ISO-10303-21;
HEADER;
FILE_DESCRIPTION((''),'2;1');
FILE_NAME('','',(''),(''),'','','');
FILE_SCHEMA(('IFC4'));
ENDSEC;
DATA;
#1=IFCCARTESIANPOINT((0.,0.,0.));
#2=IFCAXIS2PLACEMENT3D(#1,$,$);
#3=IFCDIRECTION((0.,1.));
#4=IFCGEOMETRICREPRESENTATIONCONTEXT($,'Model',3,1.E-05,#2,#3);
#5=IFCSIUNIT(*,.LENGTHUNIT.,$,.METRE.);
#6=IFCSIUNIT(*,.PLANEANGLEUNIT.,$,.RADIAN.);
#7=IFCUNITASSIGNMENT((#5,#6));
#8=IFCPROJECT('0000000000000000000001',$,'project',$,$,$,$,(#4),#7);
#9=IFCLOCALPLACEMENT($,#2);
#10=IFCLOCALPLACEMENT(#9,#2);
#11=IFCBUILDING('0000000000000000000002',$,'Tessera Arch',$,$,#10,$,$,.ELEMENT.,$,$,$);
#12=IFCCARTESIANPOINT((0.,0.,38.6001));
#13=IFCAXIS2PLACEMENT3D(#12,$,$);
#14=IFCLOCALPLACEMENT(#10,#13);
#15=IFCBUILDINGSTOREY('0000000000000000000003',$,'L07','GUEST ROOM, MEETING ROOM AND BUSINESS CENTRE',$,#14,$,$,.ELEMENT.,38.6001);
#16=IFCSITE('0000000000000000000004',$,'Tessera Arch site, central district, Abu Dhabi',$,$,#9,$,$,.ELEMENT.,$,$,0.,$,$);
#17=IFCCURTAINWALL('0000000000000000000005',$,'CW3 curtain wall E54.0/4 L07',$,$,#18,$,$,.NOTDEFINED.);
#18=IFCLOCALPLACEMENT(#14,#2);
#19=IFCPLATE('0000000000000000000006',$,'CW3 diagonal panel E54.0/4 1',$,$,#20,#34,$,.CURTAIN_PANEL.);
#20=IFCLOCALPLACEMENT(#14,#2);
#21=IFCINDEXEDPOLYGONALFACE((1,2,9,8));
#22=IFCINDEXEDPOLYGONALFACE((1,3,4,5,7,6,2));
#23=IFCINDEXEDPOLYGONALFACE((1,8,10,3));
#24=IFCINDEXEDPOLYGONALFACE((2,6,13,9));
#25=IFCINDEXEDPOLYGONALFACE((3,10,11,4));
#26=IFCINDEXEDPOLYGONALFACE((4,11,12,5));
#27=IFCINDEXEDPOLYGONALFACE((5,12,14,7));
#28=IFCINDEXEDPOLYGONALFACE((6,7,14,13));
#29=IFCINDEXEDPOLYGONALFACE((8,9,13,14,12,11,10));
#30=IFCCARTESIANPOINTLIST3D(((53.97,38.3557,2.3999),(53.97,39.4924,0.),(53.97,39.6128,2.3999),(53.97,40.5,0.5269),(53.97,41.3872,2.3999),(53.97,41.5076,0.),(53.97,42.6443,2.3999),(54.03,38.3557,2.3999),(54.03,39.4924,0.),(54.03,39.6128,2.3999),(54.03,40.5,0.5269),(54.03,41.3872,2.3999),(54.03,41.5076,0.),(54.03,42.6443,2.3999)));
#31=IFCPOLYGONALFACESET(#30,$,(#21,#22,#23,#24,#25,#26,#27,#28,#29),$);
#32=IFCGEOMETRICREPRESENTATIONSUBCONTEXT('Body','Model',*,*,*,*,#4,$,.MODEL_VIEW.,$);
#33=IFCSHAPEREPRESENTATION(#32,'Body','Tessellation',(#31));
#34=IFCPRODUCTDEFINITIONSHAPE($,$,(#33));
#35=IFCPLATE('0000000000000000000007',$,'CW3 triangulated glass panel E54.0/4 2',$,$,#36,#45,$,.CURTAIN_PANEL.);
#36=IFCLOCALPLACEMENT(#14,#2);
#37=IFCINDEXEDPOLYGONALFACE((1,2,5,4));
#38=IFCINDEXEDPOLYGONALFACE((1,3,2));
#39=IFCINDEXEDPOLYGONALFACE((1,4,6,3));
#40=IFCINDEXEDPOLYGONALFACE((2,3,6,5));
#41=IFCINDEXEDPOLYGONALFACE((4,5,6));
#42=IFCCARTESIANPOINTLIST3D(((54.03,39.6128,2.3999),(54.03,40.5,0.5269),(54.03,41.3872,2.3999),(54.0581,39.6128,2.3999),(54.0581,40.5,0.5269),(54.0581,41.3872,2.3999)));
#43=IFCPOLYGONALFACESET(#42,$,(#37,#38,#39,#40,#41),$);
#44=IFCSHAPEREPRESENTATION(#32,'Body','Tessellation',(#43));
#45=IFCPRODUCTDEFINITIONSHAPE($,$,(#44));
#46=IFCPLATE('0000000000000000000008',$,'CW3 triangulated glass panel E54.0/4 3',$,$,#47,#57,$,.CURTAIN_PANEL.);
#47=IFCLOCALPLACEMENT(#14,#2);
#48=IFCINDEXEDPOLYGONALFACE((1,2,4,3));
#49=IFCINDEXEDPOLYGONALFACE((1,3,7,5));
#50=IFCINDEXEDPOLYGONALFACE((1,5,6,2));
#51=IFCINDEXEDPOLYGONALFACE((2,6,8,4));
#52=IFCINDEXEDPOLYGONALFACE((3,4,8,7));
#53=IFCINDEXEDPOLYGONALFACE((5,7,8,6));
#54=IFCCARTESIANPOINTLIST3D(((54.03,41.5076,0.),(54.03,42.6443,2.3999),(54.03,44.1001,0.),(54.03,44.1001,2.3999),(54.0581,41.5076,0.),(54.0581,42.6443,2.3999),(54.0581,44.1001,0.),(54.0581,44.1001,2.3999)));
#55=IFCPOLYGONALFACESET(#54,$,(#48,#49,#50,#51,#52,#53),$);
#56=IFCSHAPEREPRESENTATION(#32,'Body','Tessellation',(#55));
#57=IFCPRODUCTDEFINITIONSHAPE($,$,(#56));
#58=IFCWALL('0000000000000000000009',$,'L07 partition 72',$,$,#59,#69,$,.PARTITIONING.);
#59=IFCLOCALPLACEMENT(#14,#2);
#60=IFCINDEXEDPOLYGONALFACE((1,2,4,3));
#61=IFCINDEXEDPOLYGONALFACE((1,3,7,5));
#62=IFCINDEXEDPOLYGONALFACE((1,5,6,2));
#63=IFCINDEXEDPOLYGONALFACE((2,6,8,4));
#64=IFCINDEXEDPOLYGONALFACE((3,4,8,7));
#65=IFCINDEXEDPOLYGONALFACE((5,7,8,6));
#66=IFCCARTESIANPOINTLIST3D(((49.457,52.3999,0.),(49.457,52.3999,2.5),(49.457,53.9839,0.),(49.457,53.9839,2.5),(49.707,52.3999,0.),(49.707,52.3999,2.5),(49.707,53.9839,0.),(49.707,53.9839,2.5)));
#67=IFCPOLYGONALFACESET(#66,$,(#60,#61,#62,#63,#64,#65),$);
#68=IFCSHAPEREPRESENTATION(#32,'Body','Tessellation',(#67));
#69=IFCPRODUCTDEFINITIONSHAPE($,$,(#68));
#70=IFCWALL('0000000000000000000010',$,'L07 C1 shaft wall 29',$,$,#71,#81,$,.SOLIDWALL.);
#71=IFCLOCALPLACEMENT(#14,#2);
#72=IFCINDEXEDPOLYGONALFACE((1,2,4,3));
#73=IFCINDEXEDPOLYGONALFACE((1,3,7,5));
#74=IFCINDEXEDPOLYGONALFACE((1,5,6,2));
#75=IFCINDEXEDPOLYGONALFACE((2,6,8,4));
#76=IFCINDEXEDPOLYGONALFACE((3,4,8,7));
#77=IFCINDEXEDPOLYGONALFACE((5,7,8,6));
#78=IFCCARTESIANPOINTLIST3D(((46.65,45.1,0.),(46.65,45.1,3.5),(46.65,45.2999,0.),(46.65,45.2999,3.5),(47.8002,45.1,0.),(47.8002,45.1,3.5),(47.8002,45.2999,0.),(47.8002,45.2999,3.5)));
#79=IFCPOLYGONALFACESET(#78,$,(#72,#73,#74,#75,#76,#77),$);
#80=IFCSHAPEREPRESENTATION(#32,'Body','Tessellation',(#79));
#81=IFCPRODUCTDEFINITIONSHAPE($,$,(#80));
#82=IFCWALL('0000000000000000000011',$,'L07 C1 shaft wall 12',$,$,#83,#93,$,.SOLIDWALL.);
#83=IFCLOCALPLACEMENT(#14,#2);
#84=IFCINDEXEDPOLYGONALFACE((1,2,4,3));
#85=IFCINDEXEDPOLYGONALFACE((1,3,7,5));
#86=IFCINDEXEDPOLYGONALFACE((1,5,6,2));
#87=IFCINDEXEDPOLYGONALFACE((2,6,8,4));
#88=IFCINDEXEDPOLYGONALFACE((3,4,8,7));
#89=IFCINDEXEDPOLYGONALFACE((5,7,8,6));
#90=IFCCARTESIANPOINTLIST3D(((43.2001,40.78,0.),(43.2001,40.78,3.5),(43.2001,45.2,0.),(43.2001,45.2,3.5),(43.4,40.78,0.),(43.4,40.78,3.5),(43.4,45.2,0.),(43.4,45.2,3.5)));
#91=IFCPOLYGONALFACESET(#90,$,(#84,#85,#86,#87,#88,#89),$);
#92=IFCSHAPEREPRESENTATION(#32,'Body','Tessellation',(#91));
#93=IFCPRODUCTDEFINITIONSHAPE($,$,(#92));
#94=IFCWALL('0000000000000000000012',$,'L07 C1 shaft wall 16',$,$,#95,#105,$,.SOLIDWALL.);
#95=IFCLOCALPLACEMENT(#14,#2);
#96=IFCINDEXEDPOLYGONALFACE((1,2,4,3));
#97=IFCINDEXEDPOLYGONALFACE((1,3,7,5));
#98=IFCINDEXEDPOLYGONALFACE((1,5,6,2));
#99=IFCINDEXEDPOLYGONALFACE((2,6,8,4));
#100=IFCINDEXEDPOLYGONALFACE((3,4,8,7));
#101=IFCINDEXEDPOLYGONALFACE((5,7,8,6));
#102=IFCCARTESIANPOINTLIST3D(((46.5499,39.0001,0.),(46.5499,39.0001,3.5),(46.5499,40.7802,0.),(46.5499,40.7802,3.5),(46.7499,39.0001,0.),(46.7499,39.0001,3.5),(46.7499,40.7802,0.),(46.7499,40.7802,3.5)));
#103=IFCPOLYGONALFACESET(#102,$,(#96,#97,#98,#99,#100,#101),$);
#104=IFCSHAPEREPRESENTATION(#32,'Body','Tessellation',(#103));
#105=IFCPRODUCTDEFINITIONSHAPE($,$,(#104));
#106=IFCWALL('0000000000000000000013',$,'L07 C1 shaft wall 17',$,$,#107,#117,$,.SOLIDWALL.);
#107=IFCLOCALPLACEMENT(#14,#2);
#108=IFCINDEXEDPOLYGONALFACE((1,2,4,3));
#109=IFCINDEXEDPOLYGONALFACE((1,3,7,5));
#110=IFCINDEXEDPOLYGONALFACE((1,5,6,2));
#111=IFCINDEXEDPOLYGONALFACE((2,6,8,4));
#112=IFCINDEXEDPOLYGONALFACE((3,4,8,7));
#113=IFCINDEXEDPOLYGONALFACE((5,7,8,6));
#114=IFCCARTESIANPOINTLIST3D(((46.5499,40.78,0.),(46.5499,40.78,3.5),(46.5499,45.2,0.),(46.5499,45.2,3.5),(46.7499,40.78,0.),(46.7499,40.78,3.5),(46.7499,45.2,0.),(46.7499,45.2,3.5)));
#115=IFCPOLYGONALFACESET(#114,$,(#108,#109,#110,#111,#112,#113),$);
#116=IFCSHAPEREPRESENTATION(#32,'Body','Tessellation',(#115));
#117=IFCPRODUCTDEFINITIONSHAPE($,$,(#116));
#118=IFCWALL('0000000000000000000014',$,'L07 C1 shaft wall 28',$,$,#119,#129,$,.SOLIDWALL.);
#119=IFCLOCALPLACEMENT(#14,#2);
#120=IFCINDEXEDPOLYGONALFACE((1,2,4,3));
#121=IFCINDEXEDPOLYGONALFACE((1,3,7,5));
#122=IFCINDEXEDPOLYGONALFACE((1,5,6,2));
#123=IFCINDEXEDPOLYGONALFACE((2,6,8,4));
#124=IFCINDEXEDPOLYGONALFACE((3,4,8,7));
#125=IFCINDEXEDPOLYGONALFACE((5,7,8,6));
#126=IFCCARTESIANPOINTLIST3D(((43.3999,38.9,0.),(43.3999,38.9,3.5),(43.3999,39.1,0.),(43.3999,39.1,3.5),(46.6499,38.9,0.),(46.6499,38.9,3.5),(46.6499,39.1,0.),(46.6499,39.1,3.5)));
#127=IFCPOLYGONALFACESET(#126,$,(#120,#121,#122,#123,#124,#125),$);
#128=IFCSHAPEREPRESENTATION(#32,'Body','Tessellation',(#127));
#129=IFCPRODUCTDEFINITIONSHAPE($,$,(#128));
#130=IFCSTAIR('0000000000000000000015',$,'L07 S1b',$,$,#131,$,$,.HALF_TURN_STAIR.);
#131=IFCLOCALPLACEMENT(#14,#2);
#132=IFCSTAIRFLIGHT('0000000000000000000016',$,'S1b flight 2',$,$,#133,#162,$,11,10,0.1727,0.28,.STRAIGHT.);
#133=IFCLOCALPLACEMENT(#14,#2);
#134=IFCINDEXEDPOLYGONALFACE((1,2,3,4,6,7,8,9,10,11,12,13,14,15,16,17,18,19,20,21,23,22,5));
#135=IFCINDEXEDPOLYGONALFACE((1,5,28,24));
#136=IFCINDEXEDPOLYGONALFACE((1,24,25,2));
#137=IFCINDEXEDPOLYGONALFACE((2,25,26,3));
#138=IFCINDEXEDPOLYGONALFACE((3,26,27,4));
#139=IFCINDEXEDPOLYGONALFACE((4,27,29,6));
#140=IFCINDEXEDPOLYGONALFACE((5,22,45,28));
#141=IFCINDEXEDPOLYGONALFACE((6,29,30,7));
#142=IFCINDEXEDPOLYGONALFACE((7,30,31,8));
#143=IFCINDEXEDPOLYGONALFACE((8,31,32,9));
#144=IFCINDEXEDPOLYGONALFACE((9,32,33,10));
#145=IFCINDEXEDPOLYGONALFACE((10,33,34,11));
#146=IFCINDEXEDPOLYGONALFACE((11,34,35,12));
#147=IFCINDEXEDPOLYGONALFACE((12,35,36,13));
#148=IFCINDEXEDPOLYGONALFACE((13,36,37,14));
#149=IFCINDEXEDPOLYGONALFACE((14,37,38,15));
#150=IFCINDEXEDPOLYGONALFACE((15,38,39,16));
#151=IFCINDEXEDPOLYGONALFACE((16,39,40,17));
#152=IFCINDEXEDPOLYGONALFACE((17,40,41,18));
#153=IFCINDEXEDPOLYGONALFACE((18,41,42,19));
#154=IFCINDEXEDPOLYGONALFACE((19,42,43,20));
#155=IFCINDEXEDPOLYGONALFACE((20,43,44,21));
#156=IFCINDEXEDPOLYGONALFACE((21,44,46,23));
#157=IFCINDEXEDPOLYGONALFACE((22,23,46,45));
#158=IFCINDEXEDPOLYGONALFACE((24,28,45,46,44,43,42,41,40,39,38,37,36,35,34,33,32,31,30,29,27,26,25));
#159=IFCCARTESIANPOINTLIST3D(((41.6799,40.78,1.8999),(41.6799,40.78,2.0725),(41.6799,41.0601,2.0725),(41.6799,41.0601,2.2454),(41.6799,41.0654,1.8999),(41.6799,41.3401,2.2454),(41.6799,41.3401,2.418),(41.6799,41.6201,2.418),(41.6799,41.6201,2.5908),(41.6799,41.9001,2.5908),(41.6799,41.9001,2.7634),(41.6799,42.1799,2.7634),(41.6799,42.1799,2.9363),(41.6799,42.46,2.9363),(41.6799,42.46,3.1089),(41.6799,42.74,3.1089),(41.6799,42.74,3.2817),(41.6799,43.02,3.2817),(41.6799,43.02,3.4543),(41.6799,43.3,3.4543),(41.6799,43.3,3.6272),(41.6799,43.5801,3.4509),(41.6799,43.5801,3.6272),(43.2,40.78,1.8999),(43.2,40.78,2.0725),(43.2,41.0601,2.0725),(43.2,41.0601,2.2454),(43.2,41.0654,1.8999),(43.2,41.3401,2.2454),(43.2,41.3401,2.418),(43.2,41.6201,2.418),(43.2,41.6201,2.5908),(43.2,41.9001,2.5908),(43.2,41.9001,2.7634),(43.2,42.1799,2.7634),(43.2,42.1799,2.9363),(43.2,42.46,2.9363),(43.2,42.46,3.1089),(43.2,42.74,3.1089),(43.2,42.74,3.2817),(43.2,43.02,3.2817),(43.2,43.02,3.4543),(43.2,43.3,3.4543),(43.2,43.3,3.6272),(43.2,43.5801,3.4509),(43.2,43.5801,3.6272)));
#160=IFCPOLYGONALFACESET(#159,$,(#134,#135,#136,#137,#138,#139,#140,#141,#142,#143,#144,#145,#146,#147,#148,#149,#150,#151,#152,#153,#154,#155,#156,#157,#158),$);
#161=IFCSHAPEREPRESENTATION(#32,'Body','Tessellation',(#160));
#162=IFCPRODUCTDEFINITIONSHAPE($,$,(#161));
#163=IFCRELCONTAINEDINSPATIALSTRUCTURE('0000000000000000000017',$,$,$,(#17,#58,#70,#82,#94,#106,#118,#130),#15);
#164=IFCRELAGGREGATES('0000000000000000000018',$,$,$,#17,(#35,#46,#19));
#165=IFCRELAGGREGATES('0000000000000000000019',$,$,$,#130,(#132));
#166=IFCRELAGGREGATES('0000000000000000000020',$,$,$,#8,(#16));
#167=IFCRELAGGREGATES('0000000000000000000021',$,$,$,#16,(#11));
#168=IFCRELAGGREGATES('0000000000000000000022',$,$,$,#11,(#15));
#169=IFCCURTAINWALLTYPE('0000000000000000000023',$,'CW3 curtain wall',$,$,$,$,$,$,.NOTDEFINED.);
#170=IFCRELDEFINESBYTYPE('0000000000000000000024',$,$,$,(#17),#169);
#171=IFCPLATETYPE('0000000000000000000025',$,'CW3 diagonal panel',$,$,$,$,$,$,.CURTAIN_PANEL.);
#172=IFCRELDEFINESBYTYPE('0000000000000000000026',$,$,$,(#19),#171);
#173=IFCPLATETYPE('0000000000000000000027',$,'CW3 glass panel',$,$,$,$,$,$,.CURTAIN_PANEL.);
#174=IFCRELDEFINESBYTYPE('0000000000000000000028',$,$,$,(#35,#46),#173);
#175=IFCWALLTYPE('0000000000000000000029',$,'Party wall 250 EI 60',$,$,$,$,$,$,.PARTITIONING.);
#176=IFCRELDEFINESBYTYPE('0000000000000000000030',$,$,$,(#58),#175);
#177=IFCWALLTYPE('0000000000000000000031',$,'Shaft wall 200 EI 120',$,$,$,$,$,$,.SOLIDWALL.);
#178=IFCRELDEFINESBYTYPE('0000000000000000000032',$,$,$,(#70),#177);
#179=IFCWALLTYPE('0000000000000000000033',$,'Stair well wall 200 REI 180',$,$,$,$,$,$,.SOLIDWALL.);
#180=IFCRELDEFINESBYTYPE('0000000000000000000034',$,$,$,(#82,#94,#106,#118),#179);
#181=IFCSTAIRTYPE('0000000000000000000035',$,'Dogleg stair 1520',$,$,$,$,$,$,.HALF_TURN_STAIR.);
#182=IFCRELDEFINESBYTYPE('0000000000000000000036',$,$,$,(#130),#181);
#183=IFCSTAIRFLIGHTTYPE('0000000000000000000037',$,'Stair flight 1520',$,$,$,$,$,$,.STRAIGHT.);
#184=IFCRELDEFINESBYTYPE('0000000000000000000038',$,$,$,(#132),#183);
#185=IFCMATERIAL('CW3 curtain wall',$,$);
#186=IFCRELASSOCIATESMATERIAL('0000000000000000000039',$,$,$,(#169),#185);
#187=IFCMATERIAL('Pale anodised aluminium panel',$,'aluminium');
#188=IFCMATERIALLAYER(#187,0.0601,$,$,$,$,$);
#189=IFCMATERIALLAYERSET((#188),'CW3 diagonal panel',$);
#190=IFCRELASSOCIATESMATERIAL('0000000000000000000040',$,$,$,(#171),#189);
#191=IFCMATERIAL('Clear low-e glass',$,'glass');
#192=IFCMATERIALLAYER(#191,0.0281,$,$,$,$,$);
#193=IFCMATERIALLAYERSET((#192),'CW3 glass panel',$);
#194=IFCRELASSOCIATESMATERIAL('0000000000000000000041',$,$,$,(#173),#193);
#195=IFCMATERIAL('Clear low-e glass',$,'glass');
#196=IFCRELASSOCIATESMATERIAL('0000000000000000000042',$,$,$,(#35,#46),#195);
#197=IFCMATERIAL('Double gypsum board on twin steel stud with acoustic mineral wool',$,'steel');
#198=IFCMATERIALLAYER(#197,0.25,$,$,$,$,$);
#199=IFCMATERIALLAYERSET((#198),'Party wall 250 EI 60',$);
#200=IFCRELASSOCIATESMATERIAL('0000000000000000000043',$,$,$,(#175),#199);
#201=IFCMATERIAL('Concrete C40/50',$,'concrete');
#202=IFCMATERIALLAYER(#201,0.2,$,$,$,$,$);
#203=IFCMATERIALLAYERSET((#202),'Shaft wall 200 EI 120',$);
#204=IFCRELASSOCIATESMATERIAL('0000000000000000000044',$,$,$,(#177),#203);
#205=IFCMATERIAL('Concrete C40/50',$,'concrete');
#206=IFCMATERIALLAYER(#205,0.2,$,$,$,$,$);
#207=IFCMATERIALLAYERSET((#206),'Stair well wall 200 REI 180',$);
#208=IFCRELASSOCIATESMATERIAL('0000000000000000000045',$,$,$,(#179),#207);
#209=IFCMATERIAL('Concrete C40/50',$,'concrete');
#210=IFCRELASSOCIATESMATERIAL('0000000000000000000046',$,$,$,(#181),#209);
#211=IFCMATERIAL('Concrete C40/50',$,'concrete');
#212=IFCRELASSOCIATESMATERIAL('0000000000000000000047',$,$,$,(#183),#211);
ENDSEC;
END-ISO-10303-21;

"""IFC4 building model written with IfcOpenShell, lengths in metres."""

from ifc_helpers import new_model, si_unit, direction, frame, frame_2d, origin, place, context, subcontext, project, spatial, polyline, rectangle, outline, extrude, material, layer, layer_set, type_object, element, aggregate, save


model = new_model("IFC4")

# Units and contexts
model_context = context("Model", 3, precision=1e-05, world=origin(), true_north=direction((0.0, 1.0)))
body_context = subcontext(model_context, "Body", "Model", "MODEL_VIEW")
ifc_project = project(units=[si_unit("LENGTHUNIT", "METRE"), si_unit("PLANEANGLEUNIT", "RADIAN")], contexts=[model_context])

# Site, building, storey
site_placement = place(None, origin())
site = spatial("IfcSite", under=ifc_project, at=site_placement, Name="Tessera Arch site, central district, Abu Dhabi", CompositionType="ELEMENT", RefElevation=0.0)
building_placement = place(site_placement, origin())
building = spatial("IfcBuilding", under=site, at=building_placement, Name="Tessera Arch", CompositionType="ELEMENT")
storey_placement = place(building_placement, frame((0.0, 0.0, 38.6001)))
storey = spatial("IfcBuildingStorey", under=building, at=storey_placement, Name="L07", Description="GUEST ROOM, MEETING ROOM AND BUSINESS CENTRE", CompositionType="ELEMENT", Elevation=38.6001)

# Shared definitions
ifc_material_1 = material(Name="Clear low-e glass", Category="glass")

# Curtain wall, plates
ifc_material_2 = material(Name="CW3 curtain wall")
curtain_wall_type_1 = type_object("IfcCurtainWallType", Name="CW3 curtain wall", PredefinedType="NOTDEFINED", material=ifc_material_2)
curtain_wall_1_placement = place(storey_placement, origin())
curtain_wall_1 = element("IfcCurtainWall", 1, at=curtain_wall_1_placement, inside=storey, type_object=curtain_wall_type_1, Name="CW3 curtain wall E54.0/4 L07", PredefinedType="NOTDEFINED")
ifc_material_3 = material(Name="Pale anodised aluminium panel", Category="aluminium")
ifc_layer_1 = layer(ifc_material_3, 0.0601)
ifc_layer_set_1 = layer_set([ifc_layer_1], Name="CW3 diagonal panel")
plate_type_1 = type_object("IfcPlateType", Name="CW3 diagonal panel", PredefinedType="CURTAIN_PANEL", material=ifc_layer_set_1)
plate_1_placement = place(storey_placement, frame((54.03, 42.6443, 2.3999), z_axis=(1.0, 0.0, 0.0), x_axis=(0.0, -1.0, 0.0)))
plate_1 = element("IfcPlate", 2, at=plate_1_placement, type_object=plate_type_1, Name="CW3 diagonal panel E54.0/4 1", PredefinedType="CURTAIN_PANEL", context=body_context, shape_type="SweptSolid", body=[
    extrude(outline(polyline([(0.0, 0.0), (1.2571, 0.0), (2.1443, 1.873), (3.0315, 0.0), (4.2886, 0.0), (3.1519, 2.3999), (1.1367, 2.3999), (0.0, 0.0)])), origin(), (0.0, 0.0, -1.0), 0.0601),
])
ifc_material_4 = material(Name="Clear low-e glass", Category="glass")
ifc_layer_2 = layer(ifc_material_4, 0.0281)
ifc_layer_set_2 = layer_set([ifc_layer_2], Name="CW3 glass panel")
plate_type_2 = type_object("IfcPlateType", Name="CW3 glass panel", PredefinedType="CURTAIN_PANEL", material=ifc_layer_set_2)
plate_2_placement = place(storey_placement, frame((54.0581, 41.3872, 2.3999), z_axis=(1.0, 0.0, 0.0), x_axis=(0.0, -1.0, 0.0)))
plate_2 = element("IfcPlate", 3, at=plate_2_placement, type_object=plate_type_2, material=ifc_material_1, Name="CW3 triangulated glass panel E54.0/4 2", PredefinedType="CURTAIN_PANEL", context=body_context, shape_type="SweptSolid", body=[
    extrude(outline(polyline([(0.0, 0.0), (1.7744, 0.0), (0.8872, 1.873), (0.0, 0.0)])), origin(), (0.0, 0.0, -1.0), 0.0281),
])
plate_3_placement = place(storey_placement, frame((54.0581, 44.1001, 2.3999), z_axis=(1.0, 0.0, 0.0), x_axis=(0.0, -1.0, 0.0)))
plate_3 = element("IfcPlate", 4, at=plate_3_placement, type_object=plate_type_2, material=ifc_material_1, Name="CW3 triangulated glass panel E54.0/4 3", PredefinedType="CURTAIN_PANEL", context=body_context, shape_type="SweptSolid", body=[
    extrude(outline(polyline([(0.0, 0.0), (1.4558, 0.0), (2.5925, 2.3999), (0.0, 2.3999), (0.0, 0.0)])), origin(), (0.0, 0.0, -1.0), 0.0281),
])
aggregate(curtain_wall_1, [plate_2, plate_3, plate_1])

# Walls
ifc_material_5 = material(Name="Double gypsum board on twin steel stud with acoustic mineral wool", Category="steel")
ifc_layer_3 = layer(ifc_material_5, 0.25)
ifc_layer_set_3 = layer_set([ifc_layer_3], Name="Party wall 250 EI 60")
wall_type_1 = type_object("IfcWallType", Name="Party wall 250 EI 60", PredefinedType="PARTITIONING", material=ifc_layer_set_3)
wall_1_placement = place(storey_placement, frame((49.582, 52.3999, 0.0), z_axis=(0.0, 0.0, 1.0), x_axis=(0.0, 1.0, 0.0)))
element("IfcWall", 5, at=wall_1_placement, inside=storey, type_object=wall_type_1, Name="L07 partition 72", PredefinedType="PARTITIONING", context=body_context, shape_type="SweptSolid", body=[
    extrude(rectangle(XDim=1.584, YDim=0.25, at=frame_2d((0.792, 0.0))), origin(), (0.0, 0.0, 1.0), 2.5),
])
ifc_material_6 = material(Name="Concrete C40/50", Category="concrete")
ifc_layer_4 = layer(ifc_material_6, 0.2)
ifc_layer_set_4 = layer_set([ifc_layer_4], Name="Shaft wall 200 EI 120")
wall_type_2 = type_object("IfcWallType", Name="Shaft wall 200 EI 120", PredefinedType="SOLIDWALL", material=ifc_layer_set_4)
wall_2_placement = place(storey_placement, frame((46.6499, 45.2, 0.0), z_axis=(0.0, 0.0, 1.0), x_axis=(1.0, 0.0, 0.0)))
element("IfcWall", 6, at=wall_2_placement, inside=storey, type_object=wall_type_2, Name="L07 C1 shaft wall 29", PredefinedType="SOLIDWALL", context=body_context, shape_type="SweptSolid", body=[
    extrude(rectangle(XDim=1.1501, YDim=0.2, at=frame_2d((0.5752, 0.0))), origin(), (0.0, 0.0, 1.0), 3.5),
])
ifc_material_7 = material(Name="Concrete C40/50", Category="concrete")
ifc_layer_5 = layer(ifc_material_7, 0.2)
ifc_layer_set_5 = layer_set([ifc_layer_5], Name="Stair well wall 200 REI 180")
wall_type_3 = type_object("IfcWallType", Name="Stair well wall 200 REI 180", PredefinedType="SOLIDWALL", material=ifc_layer_set_5)
wall_3_placement = place(storey_placement, frame((43.3, 40.78, 0.0), z_axis=(0.0, 0.0, 1.0), x_axis=(0.0, 1.0, 0.0)))
element("IfcWall", 7, at=wall_3_placement, inside=storey, type_object=wall_type_3, Name="L07 C1 shaft wall 12", PredefinedType="SOLIDWALL", context=body_context, shape_type="SweptSolid", body=[
    extrude(rectangle(XDim=4.4199, YDim=0.2, at=frame_2d((2.21, 0.0))), origin(), (0.0, 0.0, 1.0), 3.5),
])
wall_4_placement = place(storey_placement, frame((46.6499, 39.0, 0.0), z_axis=(0.0, 0.0, 1.0), x_axis=(0.0, 1.0, 0.0)))
element("IfcWall", 8, at=wall_4_placement, inside=storey, type_object=wall_type_3, Name="L07 C1 shaft wall 16", PredefinedType="SOLIDWALL", context=body_context, shape_type="SweptSolid", body=[
    extrude(rectangle(XDim=1.78, YDim=0.2, at=frame_2d((0.8901, 0.0))), origin(), (0.0, 0.0, 1.0), 3.5),
])
wall_5_placement = place(storey_placement, frame((46.6499, 40.78, 0.0), z_axis=(0.0, 0.0, 1.0), x_axis=(0.0, 1.0, 0.0)))
element("IfcWall", 9, at=wall_5_placement, inside=storey, type_object=wall_type_3, Name="L07 C1 shaft wall 17", PredefinedType="SOLIDWALL", context=body_context, shape_type="SweptSolid", body=[
    extrude(rectangle(XDim=4.4199, YDim=0.2, at=frame_2d((2.21, 0.0))), origin(), (0.0, 0.0, 1.0), 3.5),
])
wall_6_placement = place(storey_placement, frame((43.3999, 39.0, 0.0), z_axis=(0.0, 0.0, 1.0), x_axis=(1.0, 0.0, 0.0)))
element("IfcWall", 10, at=wall_6_placement, inside=storey, type_object=wall_type_3, Name="L07 C1 shaft wall 28", PredefinedType="SOLIDWALL", context=body_context, shape_type="SweptSolid", body=[
    extrude(rectangle(XDim=3.25, YDim=0.2, at=frame_2d((1.625, 0.0))), origin(), (0.0, 0.0, 1.0), 3.5),
])

# Stair, stair flight
ifc_material_8 = material(Name="Concrete C40/50", Category="concrete")
stair_type = type_object("IfcStairType", Name="Dogleg stair 1520", PredefinedType="HALF_TURN_STAIR", material=ifc_material_8)
stair_1_placement = place(storey_placement, origin())
stair_1 = element("IfcStair", 11, at=stair_1_placement, inside=storey, type_object=stair_type, Name="L07 S1b", PredefinedType="HALF_TURN_STAIR")
ifc_material_9 = material(Name="Concrete C40/50", Category="concrete")
stair_flight_type = type_object("IfcStairFlightType", Name="Stair flight 1520", PredefinedType="STRAIGHT", material=ifc_material_9)
stair_flight_1_placement = place(storey_placement, frame((42.4399, 40.78, 1.8999), z_axis=(0.0, 0.0, 1.0), x_axis=(0.0, 1.0, 0.0)))
stair_flight_1 = element("IfcStairFlight", 12, at=stair_flight_1_placement, type_object=stair_flight_type, Name="S1b flight 2", NumberOfRisers=11, NumberOfTreads=10, PredefinedType="STRAIGHT", RiserHeight=0.1727, TreadLength=0.28, context=body_context, shape_type="SweptSolid", body=[
    extrude(outline(polyline([(0.0, 0.0), (0.0, 0.1726), (0.28, 0.1726), (0.28, 0.3455), (0.5601, 0.3455), (0.5601, 0.5181), (0.8401, 0.5181), (0.8401, 0.6909), (1.1201, 0.6909), (1.1201, 0.8635), (1.3999, 0.8635), (1.3999, 1.0364), (1.6799, 1.0364), (1.6799, 1.209), (1.96, 1.209), (1.96, 1.3818), (2.24, 1.3818), (2.24, 1.5544), (2.52, 1.5544), (2.52, 1.7273), (2.8, 1.7273), (2.8, 1.8999), (2.8, 1.551), (0.2854, 0.0), (0.0, 0.0)])), frame((0.0, 0.76, 0.0), z_axis=(0.0, -1.0, 0.0), x_axis=(1.0, 0.0, 0.0)), (0.0, 0.0, 1.0), 1.52),
])
aggregate(stair_1, [stair_flight_1])

save(model, "model.ifc")
